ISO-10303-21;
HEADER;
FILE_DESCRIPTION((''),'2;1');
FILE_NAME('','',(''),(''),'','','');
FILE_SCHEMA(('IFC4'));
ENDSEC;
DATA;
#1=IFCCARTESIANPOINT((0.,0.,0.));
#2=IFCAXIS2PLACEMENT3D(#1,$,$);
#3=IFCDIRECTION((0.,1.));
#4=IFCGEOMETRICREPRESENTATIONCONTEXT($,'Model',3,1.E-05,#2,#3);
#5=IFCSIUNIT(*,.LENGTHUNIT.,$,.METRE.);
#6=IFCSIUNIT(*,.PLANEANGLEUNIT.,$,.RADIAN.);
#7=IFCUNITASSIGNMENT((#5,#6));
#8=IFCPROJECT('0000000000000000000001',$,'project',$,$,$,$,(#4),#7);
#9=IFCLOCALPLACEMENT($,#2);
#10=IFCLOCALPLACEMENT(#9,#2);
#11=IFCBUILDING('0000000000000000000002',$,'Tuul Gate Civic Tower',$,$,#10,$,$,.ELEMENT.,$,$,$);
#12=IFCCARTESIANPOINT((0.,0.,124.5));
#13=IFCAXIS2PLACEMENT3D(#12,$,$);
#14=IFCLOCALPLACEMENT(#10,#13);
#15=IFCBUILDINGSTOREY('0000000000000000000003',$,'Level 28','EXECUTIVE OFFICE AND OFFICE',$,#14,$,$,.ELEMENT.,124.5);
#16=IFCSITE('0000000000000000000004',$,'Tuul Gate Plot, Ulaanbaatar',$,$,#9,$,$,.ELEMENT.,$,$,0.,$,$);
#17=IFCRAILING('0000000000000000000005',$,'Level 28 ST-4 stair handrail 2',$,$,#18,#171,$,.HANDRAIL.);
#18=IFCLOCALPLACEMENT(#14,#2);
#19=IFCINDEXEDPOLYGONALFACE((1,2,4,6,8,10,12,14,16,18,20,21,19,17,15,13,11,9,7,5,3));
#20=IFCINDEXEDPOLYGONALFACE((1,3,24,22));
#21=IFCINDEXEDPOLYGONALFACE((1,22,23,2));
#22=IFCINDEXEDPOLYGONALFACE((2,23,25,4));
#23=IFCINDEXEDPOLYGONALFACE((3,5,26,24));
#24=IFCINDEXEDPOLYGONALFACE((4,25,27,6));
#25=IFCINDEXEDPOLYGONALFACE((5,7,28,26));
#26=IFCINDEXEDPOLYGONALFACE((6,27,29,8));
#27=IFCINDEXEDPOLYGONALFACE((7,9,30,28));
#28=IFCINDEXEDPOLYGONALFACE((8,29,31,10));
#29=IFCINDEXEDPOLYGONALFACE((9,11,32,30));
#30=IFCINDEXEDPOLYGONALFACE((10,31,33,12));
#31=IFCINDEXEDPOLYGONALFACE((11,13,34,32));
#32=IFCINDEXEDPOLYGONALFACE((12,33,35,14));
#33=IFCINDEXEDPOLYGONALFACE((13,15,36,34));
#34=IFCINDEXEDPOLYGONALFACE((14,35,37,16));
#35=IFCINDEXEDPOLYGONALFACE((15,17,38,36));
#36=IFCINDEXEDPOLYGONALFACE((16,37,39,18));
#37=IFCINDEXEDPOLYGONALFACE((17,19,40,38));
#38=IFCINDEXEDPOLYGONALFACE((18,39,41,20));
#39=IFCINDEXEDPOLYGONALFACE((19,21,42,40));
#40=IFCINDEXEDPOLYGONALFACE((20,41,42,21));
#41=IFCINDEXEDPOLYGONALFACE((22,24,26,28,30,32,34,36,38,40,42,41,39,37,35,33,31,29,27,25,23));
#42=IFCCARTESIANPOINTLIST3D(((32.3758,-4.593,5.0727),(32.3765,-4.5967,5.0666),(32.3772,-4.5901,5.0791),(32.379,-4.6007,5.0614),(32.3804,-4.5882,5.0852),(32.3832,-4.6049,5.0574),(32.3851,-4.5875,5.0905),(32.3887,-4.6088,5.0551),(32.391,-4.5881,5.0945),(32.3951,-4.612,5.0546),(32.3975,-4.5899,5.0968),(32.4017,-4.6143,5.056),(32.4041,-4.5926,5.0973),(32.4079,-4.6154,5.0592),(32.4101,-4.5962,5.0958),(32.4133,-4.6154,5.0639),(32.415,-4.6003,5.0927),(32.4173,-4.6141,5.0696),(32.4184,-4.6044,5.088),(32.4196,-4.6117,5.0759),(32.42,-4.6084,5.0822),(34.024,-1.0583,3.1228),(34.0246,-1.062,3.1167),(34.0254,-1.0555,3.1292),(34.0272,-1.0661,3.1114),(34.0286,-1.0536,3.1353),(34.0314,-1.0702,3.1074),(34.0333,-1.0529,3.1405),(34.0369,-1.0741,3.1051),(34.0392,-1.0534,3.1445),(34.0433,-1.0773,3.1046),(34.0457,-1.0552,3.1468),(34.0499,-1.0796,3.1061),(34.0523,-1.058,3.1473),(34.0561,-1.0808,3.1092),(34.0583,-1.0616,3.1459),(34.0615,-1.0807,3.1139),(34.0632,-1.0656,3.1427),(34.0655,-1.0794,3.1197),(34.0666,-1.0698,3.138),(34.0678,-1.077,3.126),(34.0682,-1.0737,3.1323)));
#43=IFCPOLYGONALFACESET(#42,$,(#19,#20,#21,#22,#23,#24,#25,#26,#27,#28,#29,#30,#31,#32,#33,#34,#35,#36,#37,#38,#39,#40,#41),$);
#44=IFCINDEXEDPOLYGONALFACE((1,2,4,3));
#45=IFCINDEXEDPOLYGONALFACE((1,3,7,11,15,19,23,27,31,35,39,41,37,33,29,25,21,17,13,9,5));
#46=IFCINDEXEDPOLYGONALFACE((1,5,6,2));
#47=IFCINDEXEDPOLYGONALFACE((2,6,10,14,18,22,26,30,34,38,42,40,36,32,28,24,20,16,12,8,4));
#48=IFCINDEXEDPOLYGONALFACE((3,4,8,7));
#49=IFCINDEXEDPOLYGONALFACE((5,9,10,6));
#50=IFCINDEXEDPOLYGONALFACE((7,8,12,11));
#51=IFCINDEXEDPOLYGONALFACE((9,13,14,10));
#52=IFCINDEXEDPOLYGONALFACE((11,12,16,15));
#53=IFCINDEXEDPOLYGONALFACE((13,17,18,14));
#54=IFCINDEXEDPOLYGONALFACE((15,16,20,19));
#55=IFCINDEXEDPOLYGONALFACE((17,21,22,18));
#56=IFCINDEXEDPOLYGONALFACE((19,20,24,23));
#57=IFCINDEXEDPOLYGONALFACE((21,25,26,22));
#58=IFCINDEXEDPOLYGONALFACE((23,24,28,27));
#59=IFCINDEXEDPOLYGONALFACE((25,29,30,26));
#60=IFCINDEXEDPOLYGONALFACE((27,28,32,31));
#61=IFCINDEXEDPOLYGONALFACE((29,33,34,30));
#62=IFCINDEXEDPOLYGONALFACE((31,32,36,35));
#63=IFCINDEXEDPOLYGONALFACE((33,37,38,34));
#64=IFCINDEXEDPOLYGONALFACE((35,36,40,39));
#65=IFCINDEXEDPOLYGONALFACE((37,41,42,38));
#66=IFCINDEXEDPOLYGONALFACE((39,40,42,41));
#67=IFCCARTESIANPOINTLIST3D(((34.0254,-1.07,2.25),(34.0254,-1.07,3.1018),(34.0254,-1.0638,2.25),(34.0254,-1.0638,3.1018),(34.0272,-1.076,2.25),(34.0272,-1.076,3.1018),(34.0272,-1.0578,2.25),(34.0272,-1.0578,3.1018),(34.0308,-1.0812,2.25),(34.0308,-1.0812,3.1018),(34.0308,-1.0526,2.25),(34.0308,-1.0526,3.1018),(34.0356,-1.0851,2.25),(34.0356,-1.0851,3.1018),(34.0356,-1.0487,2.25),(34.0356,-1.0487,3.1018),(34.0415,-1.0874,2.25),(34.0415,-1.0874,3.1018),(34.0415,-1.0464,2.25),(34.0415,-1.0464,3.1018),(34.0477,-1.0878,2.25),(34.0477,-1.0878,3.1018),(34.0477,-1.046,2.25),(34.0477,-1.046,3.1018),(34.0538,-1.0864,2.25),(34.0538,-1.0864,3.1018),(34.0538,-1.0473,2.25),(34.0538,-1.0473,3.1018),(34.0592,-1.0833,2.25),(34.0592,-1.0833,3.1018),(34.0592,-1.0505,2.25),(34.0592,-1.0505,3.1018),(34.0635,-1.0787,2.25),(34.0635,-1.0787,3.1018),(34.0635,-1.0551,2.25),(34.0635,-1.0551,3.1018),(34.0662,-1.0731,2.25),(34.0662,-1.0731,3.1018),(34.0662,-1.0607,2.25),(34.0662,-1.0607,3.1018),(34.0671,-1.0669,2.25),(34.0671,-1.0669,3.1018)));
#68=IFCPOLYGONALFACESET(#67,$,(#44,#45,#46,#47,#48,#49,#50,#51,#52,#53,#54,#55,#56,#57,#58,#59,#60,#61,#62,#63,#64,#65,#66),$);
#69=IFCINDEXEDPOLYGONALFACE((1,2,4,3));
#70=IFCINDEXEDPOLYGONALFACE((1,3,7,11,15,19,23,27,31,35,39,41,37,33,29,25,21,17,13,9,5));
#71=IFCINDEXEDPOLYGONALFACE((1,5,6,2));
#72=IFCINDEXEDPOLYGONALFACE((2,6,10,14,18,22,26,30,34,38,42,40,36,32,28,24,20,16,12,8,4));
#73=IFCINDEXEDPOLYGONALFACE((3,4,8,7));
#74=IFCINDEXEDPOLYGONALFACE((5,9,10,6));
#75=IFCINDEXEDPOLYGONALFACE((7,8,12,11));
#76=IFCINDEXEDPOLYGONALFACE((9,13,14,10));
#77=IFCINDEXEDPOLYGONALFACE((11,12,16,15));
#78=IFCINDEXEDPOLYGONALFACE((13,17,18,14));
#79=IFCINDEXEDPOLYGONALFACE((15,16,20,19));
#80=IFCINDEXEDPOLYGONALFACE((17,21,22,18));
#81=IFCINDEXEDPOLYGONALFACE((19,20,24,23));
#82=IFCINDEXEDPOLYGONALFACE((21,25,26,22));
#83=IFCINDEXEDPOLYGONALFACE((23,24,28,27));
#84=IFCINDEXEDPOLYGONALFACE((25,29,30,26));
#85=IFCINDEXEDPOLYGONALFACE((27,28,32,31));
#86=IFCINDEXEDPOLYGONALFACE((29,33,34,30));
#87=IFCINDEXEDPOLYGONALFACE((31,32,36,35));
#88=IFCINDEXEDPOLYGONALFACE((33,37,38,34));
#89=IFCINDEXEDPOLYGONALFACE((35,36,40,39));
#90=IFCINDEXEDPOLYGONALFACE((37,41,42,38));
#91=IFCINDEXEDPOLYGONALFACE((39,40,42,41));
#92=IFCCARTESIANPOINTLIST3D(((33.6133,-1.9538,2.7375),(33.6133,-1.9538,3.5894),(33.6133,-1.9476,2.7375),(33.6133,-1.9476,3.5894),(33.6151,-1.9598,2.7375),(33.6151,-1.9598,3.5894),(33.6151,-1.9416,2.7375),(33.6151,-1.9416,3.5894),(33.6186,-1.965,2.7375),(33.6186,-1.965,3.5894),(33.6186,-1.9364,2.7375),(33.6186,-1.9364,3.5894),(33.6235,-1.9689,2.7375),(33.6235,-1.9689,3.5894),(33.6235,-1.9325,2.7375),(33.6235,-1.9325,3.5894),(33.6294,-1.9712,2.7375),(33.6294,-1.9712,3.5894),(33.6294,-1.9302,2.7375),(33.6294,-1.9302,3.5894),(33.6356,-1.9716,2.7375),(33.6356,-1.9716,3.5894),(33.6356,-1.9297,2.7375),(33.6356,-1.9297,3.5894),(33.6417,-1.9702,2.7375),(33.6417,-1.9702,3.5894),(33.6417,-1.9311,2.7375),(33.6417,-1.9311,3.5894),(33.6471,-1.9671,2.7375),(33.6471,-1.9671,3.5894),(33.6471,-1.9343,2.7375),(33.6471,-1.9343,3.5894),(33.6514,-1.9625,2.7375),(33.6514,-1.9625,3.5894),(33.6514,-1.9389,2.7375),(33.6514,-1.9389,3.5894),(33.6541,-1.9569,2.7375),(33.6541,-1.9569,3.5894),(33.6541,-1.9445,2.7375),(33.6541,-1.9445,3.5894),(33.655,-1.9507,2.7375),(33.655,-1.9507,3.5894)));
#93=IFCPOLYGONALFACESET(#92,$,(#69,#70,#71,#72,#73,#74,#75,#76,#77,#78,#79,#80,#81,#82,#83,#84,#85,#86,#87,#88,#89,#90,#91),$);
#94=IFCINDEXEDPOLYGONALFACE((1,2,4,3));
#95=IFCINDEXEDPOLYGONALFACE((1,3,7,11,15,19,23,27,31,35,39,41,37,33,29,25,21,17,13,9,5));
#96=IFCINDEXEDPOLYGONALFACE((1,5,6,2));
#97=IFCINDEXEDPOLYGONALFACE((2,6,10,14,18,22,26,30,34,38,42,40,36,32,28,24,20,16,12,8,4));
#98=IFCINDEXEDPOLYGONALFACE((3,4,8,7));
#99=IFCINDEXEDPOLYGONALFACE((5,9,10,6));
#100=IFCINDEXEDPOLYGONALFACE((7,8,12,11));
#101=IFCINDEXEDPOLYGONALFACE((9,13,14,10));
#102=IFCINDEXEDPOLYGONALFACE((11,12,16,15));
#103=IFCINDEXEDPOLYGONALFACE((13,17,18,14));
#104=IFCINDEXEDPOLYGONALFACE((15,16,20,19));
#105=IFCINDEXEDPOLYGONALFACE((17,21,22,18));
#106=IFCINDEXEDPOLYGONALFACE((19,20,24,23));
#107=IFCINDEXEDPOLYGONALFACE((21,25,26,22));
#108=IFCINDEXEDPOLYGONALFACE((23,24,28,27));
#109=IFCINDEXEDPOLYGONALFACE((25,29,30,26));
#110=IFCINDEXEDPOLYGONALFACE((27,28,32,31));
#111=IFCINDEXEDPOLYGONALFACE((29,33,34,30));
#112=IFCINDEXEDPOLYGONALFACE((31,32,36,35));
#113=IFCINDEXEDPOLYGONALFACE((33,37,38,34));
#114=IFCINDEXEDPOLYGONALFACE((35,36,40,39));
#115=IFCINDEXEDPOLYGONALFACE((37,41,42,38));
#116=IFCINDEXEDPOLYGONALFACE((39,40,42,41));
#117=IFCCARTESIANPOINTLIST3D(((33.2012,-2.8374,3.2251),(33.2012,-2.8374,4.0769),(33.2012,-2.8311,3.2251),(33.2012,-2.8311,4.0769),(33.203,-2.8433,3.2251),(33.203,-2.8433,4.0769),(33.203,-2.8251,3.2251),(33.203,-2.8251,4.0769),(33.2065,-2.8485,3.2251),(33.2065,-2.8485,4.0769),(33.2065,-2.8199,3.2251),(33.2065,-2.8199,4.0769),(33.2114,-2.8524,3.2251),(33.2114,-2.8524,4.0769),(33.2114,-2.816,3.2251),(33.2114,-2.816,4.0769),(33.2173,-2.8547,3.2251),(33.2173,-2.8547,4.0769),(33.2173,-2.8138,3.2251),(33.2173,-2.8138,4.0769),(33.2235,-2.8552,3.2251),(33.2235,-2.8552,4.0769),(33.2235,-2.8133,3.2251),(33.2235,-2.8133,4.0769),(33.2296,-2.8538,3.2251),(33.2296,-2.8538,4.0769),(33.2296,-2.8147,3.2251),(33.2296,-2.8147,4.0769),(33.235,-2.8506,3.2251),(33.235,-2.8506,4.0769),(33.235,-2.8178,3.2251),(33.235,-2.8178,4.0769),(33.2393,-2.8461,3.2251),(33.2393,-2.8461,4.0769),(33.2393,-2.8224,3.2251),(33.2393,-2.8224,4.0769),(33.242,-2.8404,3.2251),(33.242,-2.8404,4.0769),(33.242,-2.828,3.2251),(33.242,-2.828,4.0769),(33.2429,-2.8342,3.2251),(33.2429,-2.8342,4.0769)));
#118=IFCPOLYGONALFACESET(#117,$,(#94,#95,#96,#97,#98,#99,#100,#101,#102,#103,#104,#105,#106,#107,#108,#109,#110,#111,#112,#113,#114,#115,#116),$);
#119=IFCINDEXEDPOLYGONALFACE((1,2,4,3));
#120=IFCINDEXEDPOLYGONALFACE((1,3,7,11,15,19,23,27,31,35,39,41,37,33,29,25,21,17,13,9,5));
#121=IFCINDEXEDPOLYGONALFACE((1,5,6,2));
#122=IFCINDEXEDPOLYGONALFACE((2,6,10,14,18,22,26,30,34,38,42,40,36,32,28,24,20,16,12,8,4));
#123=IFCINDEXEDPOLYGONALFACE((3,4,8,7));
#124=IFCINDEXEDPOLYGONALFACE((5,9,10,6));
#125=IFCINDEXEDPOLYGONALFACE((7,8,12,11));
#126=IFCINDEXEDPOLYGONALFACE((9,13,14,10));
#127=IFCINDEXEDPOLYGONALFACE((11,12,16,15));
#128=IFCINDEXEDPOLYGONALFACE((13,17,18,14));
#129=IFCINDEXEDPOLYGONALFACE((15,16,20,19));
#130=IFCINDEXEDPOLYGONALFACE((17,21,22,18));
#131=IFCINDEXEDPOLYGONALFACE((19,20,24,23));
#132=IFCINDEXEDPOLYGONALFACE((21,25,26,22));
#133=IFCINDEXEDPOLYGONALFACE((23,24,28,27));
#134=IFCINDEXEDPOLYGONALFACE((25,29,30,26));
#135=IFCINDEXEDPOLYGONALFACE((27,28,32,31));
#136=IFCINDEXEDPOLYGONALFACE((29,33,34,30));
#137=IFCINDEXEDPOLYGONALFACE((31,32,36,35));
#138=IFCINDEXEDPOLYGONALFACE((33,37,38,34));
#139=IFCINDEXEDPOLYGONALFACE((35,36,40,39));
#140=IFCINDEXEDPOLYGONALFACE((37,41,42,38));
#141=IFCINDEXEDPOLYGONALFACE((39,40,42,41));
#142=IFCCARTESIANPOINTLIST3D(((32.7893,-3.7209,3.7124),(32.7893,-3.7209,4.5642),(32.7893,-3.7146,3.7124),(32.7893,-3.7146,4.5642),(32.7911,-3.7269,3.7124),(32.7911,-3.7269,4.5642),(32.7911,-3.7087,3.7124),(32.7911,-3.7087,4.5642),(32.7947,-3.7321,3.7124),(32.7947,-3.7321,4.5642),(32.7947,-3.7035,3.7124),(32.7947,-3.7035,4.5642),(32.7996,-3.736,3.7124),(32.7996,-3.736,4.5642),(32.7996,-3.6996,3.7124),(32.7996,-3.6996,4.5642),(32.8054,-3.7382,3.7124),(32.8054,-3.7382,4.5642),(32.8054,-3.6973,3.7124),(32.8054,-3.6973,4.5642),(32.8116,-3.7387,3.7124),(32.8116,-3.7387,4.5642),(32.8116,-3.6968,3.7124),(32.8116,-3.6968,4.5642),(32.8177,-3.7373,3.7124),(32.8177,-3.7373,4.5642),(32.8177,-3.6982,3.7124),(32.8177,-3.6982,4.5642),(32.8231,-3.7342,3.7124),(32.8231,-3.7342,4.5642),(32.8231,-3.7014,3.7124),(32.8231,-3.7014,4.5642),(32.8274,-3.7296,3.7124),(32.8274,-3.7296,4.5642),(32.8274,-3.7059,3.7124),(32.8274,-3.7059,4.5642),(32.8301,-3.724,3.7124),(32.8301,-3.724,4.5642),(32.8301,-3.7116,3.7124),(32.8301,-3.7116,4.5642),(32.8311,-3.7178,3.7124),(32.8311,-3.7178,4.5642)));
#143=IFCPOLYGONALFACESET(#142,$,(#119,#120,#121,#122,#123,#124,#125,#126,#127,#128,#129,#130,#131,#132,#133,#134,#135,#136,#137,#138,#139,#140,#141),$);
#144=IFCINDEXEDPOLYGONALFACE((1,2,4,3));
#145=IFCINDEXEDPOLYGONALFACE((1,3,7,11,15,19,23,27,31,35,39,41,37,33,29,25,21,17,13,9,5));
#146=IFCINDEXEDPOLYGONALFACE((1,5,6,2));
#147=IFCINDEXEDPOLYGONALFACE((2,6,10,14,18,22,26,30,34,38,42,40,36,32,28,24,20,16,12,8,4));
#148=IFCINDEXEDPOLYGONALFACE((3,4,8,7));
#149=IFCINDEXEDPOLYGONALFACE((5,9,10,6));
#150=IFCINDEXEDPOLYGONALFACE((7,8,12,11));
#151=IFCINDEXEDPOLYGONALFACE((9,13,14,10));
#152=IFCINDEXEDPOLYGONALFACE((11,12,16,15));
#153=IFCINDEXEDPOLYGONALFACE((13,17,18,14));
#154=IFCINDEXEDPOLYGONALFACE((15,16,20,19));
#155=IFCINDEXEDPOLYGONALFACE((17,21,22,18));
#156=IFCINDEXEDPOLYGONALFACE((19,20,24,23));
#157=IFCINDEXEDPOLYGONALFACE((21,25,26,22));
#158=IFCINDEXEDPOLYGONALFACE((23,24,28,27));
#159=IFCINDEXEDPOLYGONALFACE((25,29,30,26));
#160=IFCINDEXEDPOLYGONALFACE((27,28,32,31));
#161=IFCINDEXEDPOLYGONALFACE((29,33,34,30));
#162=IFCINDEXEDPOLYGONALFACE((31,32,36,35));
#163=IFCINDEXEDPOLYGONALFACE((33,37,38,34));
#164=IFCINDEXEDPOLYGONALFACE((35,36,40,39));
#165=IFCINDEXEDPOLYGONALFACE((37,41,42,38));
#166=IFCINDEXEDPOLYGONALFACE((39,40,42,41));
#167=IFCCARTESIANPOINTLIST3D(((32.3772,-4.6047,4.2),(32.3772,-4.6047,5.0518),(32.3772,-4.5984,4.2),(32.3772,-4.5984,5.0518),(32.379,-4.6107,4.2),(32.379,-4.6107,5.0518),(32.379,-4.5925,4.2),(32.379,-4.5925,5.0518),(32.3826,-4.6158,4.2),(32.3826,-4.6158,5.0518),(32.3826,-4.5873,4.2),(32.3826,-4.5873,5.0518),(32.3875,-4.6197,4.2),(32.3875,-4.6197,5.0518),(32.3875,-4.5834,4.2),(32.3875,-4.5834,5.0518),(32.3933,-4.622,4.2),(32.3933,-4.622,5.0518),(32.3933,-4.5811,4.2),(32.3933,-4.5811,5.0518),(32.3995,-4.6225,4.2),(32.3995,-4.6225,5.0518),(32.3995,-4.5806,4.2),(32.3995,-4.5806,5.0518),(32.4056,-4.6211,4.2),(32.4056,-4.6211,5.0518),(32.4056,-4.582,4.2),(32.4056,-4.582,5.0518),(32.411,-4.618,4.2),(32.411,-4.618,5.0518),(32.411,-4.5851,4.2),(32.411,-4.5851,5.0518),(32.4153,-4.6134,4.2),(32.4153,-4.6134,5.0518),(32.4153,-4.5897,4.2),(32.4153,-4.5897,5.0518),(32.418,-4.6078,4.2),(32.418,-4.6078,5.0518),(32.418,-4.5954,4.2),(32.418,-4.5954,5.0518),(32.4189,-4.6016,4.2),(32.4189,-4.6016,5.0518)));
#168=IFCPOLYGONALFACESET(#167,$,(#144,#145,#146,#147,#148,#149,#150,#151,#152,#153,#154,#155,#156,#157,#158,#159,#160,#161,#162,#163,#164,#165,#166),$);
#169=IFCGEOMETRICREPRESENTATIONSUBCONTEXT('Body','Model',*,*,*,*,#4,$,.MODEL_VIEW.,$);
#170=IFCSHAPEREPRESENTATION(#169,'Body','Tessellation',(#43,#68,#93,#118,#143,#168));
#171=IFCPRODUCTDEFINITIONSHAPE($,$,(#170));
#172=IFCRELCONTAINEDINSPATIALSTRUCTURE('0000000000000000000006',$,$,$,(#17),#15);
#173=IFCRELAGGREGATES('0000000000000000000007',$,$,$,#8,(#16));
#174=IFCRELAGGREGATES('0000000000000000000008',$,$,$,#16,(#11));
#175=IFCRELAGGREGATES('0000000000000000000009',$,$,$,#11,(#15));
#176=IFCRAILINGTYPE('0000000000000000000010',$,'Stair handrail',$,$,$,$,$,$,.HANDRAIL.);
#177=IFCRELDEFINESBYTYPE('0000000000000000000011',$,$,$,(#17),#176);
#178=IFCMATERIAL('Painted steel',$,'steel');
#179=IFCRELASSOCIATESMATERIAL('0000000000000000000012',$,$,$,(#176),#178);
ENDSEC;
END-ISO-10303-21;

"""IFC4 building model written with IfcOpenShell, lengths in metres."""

from ifc_helpers import new_model, si_unit, direction, frame, origin, origin_2d, place, context, subcontext, project, spatial, circle, extrude, material, type_object, element, save


model = new_model("IFC4")

# Units and contexts
model_context = context("Model", 3, precision=1e-05, world=origin(), true_north=direction((0.0, 1.0)))
body_context = subcontext(model_context, "Body", "Model", "MODEL_VIEW")
ifc_project = project(units=[si_unit("LENGTHUNIT", "METRE"), si_unit("PLANEANGLEUNIT", "RADIAN")], contexts=[model_context])

# Site, building, storey
site_placement = place(None, origin())
site = spatial("IfcSite", under=ifc_project, at=site_placement, Name="Tuul Gate Plot, Ulaanbaatar", CompositionType="ELEMENT", RefElevation=0.0)
building_placement = place(site_placement, origin())
building = spatial("IfcBuilding", under=site, at=building_placement, Name="Tuul Gate Civic Tower", CompositionType="ELEMENT")
storey_placement = place(building_placement, frame((0.0, 0.0, 124.5)))
storey = spatial("IfcBuildingStorey", under=building, at=storey_placement, Name="Level 28", Description="EXECUTIVE OFFICE AND OFFICE", CompositionType="ELEMENT", Elevation=124.5)

# Railing
ifc_material_1 = material(Name="Painted steel", Category="steel")
railing_type = type_object("IfcRailingType", Name="Stair handrail", PredefinedType="HANDRAIL", material=ifc_material_1)
railing_placement = place(storey_placement, frame((34.0461, -1.0669, 2.25)))
element("IfcRailing", 1, at=railing_placement, inside=storey, type_object=railing_type, Name="Level 28 ST-4 stair handrail 2", PredefinedType="HANDRAIL", context=body_context, shape_type="SweptSolid", body=[
    extrude(circle(Radius=0.0239, at=origin_2d()), frame((0.0, 0.0, 0.876), z_axis=(-0.377995, -0.810637, 0.4472), x_axis=(0.906313, -0.422608, 0.0)), (0.0, 0.0, 1.0), 4.3604),
    extrude(circle(Radius=0.021, at=origin_2d()), origin(), (0.0, 0.0, 1.0), 0.8518),
    extrude(circle(Radius=0.021, at=origin_2d()), frame((-0.4121, -0.8838, 0.4875)), (0.0, 0.0, 1.0), 0.8518),
    extrude(circle(Radius=0.021, at=origin_2d()), frame((-0.8242, -1.7673, 0.9751)), (0.0, 0.0, 1.0), 0.8518),
    extrude(circle(Radius=0.021, at=origin_2d()), frame((-1.2361, -2.6509, 1.4624)), (0.0, 0.0, 1.0), 0.8518),
    extrude(circle(Radius=0.021, at=origin_2d()), frame((-1.6482, -3.5347, 1.95)), (0.0, 0.0, 1.0), 0.8518),
])

save(model, "model.ifc")
